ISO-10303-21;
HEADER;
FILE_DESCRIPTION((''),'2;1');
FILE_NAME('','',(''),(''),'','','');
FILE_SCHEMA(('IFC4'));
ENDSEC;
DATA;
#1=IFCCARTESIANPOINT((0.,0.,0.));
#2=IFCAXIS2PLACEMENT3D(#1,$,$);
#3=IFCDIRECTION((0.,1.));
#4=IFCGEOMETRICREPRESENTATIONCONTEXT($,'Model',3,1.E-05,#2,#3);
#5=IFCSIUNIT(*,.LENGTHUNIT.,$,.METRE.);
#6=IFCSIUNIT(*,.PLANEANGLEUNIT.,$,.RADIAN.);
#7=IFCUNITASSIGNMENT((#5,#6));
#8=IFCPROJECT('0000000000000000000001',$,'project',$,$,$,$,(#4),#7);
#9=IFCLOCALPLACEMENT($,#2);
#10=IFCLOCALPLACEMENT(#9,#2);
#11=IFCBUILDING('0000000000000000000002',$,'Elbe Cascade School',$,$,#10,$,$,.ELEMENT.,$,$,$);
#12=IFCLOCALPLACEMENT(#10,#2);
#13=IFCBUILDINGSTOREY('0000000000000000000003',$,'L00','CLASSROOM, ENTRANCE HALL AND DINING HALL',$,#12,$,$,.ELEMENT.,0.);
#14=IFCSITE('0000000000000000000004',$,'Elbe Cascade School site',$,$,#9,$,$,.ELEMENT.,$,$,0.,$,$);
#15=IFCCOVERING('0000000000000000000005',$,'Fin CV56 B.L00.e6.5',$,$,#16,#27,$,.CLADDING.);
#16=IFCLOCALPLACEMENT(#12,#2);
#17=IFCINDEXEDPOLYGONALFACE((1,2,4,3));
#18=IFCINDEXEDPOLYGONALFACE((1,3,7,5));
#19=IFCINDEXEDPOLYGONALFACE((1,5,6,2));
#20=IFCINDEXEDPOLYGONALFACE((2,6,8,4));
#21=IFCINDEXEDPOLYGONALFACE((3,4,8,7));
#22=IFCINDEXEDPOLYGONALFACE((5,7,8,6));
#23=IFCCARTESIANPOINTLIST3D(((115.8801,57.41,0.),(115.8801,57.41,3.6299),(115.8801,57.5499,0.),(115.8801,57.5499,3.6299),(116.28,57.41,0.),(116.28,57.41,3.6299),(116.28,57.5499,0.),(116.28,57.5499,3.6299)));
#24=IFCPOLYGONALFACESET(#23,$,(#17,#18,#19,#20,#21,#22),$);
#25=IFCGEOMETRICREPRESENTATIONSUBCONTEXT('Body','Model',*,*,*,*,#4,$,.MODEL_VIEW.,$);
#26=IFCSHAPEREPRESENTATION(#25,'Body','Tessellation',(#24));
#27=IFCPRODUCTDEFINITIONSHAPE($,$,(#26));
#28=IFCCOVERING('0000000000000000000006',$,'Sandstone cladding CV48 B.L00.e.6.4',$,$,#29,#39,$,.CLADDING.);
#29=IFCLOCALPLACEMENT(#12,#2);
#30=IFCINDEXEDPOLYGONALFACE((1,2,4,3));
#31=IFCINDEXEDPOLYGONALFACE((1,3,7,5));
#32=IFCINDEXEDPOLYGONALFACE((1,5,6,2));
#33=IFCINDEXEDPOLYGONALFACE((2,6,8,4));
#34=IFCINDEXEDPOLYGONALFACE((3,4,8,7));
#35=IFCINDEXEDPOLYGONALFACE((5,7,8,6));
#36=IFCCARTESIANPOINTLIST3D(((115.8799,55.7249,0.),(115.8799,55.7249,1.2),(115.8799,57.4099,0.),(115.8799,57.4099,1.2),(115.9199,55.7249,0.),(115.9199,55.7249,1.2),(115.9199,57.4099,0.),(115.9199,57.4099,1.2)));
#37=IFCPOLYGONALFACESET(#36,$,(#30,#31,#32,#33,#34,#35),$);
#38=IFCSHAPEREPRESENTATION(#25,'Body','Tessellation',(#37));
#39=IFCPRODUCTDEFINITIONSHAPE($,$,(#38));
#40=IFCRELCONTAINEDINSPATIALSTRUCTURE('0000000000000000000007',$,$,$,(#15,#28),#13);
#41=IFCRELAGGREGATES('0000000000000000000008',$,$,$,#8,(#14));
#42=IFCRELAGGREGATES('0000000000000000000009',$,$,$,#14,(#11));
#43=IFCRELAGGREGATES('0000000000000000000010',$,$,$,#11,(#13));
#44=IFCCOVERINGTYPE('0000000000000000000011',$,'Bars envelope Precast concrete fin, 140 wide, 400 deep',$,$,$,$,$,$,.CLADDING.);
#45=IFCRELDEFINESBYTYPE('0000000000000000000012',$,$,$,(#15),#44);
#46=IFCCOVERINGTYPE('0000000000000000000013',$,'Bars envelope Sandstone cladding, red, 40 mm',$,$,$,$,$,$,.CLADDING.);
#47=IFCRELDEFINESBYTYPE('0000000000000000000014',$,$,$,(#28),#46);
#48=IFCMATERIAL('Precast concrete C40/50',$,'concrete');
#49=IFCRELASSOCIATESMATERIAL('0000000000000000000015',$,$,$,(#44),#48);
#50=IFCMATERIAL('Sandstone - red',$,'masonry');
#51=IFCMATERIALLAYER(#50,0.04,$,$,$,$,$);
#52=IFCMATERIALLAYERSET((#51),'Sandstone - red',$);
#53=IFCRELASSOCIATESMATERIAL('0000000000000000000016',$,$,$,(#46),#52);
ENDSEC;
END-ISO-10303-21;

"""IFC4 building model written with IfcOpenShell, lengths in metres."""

from ifc_helpers import new_model, si_unit, direction, frame, origin, origin_2d, place, context, subcontext, project, spatial, rectangle, extrude, material, layer, layer_set, type_object, element, save


model = new_model("IFC4")

# Units and contexts
model_context = context("Model", 3, precision=1e-05, world=origin(), true_north=direction((0.0, 1.0)))
body_context = subcontext(model_context, "Body", "Model", "MODEL_VIEW")
ifc_project = project(units=[si_unit("LENGTHUNIT", "METRE"), si_unit("PLANEANGLEUNIT", "RADIAN")], contexts=[model_context])

# Site, building, storey
site_placement = place(None, origin())
site = spatial("IfcSite", under=ifc_project, at=site_placement, Name="Elbe Cascade School site", CompositionType="ELEMENT", RefElevation=0.0)
building_placement = place(site_placement, origin())
building = spatial("IfcBuilding", under=site, at=building_placement, Name="Elbe Cascade School", CompositionType="ELEMENT")
storey_placement = place(building_placement, origin())
storey = spatial("IfcBuildingStorey", under=building, at=storey_placement, Name="L00", Description="CLASSROOM, ENTRANCE HALL AND DINING HALL", CompositionType="ELEMENT", Elevation=0.0)

# Coverings
ifc_material_1 = material(Name="Precast concrete C40/50", Category="concrete")
covering_type_1 = type_object("IfcCoveringType", Name="Bars envelope Precast concrete fin, 140 wide, 400 deep", PredefinedType="CLADDING", material=ifc_material_1)
covering_1_placement = place(storey_placement, frame((116.0801, 57.48, 0.0), z_axis=(0.0, 0.0, 1.0), x_axis=(0.0, 1.0, 0.0)))
element("IfcCovering", 1, at=covering_1_placement, inside=storey, type_object=covering_type_1, Name="Fin CV56 B.L00.e6.5", PredefinedType="CLADDING", context=body_context, shape_type="SweptSolid", body=[
    extrude(rectangle(XDim=0.1399, YDim=0.3999, at=origin_2d()), origin(), (0.0, 0.0, 1.0), 3.6299),
])
ifc_material_2 = material(Name="Sandstone - red", Category="masonry")
ifc_layer_1 = layer(ifc_material_2, 0.04)
ifc_layer_set_1 = layer_set([ifc_layer_1], Name="Sandstone - red")
covering_type_2 = type_object("IfcCoveringType", Name="Bars envelope Sandstone cladding, red, 40 mm", PredefinedType="CLADDING", material=ifc_layer_set_1)
covering_2_placement = place(storey_placement, frame((115.8999, 56.5674, 0.0), z_axis=(0.0, 0.0, 1.0), x_axis=(0.0, 1.0, 0.0)))
element("IfcCovering", 2, at=covering_2_placement, inside=storey, type_object=covering_type_2, Name="Sandstone cladding CV48 B.L00.e.6.4", PredefinedType="CLADDING", context=body_context, shape_type="SweptSolid", body=[
    extrude(rectangle(XDim=1.6851, YDim=0.04, at=origin_2d()), origin(), (0.0, 0.0, 1.0), 1.2),
])

save(model, "model.ifc")
